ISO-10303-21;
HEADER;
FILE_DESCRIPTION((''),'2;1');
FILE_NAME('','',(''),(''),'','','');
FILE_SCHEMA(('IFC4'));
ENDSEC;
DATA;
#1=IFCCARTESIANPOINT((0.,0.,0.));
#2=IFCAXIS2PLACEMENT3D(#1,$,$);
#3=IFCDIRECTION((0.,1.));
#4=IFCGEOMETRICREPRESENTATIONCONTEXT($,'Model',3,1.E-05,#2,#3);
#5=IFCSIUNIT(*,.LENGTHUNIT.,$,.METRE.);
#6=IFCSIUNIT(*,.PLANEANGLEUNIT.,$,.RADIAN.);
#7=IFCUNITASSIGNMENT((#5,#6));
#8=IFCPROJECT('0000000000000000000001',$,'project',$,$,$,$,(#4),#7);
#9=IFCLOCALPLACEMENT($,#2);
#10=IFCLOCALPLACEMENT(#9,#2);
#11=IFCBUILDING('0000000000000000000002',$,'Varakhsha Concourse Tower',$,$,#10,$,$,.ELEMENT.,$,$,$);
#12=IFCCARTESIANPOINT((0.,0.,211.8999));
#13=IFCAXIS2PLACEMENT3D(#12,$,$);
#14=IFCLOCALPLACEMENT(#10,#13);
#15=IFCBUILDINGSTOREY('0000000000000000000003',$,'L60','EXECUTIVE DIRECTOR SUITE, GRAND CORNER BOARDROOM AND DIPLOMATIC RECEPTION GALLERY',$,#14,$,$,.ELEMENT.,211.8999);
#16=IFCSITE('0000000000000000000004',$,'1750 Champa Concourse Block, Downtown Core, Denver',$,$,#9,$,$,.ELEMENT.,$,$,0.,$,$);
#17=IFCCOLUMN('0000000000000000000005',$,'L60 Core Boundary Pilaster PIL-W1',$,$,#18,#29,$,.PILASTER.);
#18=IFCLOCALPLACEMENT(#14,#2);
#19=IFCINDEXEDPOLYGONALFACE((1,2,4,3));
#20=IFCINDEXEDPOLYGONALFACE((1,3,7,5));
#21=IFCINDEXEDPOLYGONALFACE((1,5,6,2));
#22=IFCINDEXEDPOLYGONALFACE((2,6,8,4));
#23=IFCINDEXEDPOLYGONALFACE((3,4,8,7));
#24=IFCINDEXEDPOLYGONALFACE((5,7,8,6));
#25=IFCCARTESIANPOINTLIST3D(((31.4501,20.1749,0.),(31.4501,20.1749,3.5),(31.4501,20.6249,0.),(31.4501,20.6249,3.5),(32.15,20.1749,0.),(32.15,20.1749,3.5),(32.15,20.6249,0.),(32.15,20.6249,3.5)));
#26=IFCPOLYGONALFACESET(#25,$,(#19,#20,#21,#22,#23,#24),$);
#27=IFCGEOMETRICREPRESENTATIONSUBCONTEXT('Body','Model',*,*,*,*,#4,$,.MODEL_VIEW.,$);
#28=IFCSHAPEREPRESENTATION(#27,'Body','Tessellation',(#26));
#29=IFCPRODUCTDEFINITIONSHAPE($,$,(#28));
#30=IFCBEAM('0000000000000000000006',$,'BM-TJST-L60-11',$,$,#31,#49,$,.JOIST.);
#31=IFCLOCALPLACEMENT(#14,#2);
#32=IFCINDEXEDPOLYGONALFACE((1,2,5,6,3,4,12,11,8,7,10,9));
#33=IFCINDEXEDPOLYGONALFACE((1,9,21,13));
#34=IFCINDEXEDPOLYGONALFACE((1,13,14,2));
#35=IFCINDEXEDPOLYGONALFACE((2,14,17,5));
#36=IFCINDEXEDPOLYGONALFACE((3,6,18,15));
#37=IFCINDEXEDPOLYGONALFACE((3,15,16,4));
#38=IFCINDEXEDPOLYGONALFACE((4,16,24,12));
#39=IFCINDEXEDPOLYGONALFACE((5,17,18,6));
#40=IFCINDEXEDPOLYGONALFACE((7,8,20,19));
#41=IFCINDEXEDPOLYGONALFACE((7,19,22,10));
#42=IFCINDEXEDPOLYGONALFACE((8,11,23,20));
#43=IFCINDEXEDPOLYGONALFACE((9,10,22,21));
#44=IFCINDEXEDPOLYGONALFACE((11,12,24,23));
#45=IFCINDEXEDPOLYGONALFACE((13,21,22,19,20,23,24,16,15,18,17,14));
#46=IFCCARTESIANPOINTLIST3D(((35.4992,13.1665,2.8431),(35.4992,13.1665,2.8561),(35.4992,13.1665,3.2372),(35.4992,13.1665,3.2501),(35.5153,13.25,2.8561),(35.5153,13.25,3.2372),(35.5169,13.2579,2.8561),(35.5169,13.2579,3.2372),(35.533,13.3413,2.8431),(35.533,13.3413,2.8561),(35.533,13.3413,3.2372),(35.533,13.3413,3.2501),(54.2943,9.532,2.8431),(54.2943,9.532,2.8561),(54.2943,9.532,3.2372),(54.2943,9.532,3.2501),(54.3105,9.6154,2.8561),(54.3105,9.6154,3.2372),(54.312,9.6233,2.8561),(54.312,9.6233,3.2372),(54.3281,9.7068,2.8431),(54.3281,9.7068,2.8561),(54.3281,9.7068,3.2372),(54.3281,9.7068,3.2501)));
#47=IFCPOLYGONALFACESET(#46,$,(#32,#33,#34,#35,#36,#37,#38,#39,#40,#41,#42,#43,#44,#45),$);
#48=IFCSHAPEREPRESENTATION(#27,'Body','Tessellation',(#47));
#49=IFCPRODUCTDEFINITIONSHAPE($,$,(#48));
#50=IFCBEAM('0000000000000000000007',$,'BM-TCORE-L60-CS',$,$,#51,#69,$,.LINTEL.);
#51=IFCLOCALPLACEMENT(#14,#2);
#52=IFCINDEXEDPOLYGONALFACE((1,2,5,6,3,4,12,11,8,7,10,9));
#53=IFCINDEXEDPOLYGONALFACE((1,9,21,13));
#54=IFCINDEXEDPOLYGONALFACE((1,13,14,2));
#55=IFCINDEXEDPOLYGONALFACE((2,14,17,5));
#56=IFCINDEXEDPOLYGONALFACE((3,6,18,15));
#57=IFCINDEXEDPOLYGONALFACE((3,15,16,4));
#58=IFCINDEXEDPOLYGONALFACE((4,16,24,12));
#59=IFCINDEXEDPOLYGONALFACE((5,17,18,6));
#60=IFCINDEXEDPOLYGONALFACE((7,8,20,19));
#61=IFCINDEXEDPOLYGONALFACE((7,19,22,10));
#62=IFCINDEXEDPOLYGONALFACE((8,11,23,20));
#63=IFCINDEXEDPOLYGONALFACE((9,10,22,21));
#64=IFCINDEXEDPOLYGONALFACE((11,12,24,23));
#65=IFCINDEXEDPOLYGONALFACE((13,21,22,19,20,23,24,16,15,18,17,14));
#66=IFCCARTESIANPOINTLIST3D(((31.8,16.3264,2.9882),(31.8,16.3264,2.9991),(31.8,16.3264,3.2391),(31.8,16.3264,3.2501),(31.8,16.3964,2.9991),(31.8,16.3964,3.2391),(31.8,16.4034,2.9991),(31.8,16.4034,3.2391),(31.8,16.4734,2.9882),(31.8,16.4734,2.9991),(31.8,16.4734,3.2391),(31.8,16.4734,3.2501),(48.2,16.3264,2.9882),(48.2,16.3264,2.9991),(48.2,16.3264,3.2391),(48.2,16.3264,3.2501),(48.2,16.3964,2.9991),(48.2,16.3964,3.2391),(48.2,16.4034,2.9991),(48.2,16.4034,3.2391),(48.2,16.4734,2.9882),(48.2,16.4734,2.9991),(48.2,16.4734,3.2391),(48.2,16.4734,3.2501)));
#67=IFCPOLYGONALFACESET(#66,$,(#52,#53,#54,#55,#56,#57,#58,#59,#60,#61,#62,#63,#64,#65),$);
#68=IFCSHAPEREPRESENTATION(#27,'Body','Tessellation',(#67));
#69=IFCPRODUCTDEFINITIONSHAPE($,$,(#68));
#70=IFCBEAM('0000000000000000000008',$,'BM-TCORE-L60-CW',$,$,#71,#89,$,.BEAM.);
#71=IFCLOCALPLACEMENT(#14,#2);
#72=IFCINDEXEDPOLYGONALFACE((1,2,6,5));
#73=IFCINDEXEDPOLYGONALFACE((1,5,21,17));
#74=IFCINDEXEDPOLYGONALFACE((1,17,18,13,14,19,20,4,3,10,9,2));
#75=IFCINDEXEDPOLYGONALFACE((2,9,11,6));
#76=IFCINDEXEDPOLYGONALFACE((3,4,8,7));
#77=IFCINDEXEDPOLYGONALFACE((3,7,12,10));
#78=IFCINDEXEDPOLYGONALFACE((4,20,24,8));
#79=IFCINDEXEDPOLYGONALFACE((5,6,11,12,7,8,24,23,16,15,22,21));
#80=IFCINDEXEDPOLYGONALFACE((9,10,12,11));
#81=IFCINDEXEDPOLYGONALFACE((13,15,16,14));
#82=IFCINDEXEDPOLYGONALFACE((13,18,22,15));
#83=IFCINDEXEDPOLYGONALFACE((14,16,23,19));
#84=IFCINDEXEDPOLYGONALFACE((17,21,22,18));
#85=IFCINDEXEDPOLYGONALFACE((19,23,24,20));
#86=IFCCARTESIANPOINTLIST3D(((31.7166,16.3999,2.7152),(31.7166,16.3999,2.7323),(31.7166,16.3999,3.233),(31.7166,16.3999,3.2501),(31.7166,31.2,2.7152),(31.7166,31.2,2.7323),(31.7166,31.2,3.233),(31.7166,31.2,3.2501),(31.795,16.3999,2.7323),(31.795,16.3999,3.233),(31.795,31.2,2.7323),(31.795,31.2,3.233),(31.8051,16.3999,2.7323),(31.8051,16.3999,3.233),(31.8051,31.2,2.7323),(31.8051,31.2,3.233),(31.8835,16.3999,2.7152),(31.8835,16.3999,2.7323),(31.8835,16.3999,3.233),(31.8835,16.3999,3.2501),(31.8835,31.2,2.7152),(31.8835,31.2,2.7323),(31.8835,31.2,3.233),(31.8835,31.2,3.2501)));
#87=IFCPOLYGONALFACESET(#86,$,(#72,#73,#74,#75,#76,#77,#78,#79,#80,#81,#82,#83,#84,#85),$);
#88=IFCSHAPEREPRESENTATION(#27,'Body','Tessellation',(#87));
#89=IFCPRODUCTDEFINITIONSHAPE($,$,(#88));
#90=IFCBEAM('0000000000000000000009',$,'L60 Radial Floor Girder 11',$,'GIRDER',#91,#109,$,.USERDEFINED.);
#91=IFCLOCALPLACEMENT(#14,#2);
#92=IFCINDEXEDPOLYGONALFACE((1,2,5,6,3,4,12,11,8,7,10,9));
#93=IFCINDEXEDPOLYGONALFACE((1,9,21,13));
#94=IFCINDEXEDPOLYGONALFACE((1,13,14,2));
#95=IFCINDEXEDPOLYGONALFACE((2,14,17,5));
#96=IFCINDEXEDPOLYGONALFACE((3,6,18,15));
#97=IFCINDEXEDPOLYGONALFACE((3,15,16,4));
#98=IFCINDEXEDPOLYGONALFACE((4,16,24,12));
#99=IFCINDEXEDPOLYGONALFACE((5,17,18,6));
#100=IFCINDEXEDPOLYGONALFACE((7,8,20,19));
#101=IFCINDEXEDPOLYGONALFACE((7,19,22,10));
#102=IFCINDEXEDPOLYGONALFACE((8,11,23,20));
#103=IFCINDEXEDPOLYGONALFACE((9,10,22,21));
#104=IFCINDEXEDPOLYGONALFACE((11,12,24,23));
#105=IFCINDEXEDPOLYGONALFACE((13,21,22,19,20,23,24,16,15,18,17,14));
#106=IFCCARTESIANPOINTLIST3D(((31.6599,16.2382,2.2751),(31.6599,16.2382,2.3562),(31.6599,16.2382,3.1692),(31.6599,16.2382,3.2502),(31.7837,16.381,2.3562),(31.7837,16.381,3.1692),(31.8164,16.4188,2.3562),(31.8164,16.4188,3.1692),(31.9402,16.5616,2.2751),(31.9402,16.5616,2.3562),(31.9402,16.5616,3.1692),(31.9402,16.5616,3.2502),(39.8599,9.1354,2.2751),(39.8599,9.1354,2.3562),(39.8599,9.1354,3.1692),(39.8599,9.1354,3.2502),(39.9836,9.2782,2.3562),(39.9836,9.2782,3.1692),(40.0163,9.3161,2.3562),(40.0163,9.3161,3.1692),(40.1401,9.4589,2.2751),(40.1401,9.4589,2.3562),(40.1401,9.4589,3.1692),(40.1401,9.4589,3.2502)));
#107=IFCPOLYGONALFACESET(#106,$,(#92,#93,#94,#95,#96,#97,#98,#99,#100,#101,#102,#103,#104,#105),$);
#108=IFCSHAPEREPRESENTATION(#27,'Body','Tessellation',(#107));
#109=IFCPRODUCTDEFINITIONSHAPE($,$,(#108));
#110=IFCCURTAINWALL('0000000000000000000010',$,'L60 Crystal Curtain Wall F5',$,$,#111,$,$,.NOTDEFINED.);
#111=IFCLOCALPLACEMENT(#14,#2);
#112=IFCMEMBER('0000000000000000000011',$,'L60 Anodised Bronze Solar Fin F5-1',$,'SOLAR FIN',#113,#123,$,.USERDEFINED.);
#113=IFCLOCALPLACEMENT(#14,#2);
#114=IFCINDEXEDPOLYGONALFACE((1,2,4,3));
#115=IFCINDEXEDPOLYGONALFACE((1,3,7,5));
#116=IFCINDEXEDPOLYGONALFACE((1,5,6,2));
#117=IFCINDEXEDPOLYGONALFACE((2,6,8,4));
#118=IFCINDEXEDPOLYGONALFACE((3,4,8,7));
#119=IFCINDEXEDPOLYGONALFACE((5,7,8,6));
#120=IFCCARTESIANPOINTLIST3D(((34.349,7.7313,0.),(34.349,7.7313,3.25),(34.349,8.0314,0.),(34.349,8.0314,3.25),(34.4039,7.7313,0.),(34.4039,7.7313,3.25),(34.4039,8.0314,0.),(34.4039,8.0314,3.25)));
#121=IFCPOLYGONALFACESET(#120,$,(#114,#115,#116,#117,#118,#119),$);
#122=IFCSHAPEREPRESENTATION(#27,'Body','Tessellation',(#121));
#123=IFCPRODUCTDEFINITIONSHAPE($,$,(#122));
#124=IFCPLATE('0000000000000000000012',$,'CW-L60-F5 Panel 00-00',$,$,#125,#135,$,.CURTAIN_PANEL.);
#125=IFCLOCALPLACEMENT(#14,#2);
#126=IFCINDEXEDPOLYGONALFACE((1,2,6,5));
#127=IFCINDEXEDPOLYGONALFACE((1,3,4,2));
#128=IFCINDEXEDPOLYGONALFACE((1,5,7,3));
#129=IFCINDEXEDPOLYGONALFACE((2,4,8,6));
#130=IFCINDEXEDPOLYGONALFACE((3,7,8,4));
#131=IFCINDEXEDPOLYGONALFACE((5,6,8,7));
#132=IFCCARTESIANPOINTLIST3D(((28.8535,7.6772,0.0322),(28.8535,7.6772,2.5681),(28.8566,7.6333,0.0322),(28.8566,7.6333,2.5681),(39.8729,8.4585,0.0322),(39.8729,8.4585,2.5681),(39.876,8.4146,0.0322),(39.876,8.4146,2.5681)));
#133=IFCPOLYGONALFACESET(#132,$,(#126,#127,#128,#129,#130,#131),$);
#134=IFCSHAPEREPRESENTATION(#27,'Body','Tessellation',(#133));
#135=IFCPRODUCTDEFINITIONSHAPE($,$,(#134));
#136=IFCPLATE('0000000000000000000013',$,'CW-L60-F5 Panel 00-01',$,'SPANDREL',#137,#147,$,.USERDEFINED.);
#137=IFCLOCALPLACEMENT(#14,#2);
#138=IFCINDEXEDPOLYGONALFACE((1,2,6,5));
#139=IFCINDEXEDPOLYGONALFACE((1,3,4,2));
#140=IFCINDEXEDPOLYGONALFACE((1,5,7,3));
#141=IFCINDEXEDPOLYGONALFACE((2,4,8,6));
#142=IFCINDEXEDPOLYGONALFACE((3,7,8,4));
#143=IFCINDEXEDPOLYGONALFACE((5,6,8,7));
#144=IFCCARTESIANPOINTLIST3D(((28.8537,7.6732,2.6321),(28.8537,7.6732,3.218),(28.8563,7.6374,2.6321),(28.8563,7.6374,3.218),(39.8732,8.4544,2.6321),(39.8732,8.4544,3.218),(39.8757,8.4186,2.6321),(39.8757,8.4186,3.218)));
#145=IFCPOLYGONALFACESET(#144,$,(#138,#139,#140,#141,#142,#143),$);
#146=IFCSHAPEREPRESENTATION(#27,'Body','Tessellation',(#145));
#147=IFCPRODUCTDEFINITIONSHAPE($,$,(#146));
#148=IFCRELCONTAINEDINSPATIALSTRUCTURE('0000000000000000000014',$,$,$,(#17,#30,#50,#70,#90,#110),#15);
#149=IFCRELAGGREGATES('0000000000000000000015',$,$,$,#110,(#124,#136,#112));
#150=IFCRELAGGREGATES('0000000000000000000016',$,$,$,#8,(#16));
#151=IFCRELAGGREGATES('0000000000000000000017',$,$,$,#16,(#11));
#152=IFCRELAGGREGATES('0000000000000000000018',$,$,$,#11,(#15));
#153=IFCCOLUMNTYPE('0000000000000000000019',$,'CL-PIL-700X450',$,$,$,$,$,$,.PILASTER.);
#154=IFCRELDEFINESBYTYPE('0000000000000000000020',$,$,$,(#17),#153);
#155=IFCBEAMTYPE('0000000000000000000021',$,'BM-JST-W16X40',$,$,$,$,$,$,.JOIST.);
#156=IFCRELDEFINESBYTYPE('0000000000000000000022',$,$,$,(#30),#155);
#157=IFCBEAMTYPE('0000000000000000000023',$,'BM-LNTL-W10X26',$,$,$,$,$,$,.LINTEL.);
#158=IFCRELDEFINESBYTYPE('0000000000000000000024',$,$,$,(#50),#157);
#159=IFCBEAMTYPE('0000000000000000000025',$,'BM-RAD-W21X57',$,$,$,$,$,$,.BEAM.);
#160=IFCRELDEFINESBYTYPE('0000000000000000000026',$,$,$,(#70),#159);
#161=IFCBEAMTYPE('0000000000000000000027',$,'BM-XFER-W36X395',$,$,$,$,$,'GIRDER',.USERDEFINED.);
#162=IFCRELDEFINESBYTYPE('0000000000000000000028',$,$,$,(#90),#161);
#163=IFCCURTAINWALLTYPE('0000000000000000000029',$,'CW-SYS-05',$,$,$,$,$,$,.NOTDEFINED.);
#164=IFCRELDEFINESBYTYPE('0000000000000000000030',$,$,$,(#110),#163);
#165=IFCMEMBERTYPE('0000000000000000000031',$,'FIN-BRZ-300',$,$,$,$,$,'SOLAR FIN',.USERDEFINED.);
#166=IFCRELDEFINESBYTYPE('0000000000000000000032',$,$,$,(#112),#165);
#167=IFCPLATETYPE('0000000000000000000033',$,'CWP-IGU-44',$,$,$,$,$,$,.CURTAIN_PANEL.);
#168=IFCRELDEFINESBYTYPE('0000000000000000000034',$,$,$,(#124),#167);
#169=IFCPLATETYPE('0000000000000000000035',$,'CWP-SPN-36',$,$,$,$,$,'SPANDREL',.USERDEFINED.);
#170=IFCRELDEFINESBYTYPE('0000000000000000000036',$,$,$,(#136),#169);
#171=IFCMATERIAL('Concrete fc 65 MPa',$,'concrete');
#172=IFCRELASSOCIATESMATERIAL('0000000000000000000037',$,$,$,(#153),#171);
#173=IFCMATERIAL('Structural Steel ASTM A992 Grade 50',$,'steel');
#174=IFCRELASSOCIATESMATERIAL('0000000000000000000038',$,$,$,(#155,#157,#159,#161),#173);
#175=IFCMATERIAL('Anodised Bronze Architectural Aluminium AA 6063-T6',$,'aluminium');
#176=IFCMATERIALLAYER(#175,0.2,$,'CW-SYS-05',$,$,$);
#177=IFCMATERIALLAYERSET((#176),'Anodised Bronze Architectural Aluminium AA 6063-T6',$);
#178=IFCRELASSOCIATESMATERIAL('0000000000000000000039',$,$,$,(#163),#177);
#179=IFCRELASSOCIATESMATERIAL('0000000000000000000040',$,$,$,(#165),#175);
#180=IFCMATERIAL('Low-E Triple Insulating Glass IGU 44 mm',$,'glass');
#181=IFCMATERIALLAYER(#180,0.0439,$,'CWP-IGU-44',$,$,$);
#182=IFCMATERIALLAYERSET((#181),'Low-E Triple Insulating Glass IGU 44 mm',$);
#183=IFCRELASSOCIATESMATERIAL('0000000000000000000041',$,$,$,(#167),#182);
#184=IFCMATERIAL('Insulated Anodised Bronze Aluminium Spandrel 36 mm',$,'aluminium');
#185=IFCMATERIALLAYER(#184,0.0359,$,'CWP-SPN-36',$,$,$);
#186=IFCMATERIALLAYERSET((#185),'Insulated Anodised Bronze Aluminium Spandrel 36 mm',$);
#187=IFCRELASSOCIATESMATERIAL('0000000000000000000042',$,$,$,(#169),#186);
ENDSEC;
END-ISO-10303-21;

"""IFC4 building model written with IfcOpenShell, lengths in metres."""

from ifc_helpers import new_model, si_unit, direction, frame, origin, origin_2d, place, context, subcontext, project, spatial, rectangle, i_section, extrude, source, transform, mapped, material, layer, layer_set, material_profile, profile_set, type_object, type_shapes, element, aggregate, save


model = new_model("IFC4")

# Units and contexts
model_context = context("Model", 3, precision=1e-05, world=origin(), true_north=direction((0.0, 1.0)))
body_context = subcontext(model_context, "Body", "Model", "MODEL_VIEW")
ifc_project = project(units=[si_unit("LENGTHUNIT", "METRE"), si_unit("PLANEANGLEUNIT", "RADIAN")], contexts=[model_context])

# Site, building, storey
site_placement = place(None, origin())
site = spatial("IfcSite", under=ifc_project, at=site_placement, Name="1750 Champa Concourse Block, Downtown Core, Denver", CompositionType="ELEMENT", RefElevation=0.0)
building_placement = place(site_placement, origin())
building = spatial("IfcBuilding", under=site, at=building_placement, Name="Varakhsha Concourse Tower", CompositionType="ELEMENT")
storey_placement = place(building_placement, frame((0.0, 0.0, 211.8999)))
storey = spatial("IfcBuildingStorey", under=building, at=storey_placement, Name="L60", Description="EXECUTIVE DIRECTOR SUITE, GRAND CORNER BOARDROOM AND DIPLOMATIC RECEPTION GALLERY", CompositionType="ELEMENT", Elevation=211.8999)

# Column
ifc_material_1 = material(Name="Concrete fc 65 MPa", Category="concrete")
ifc_material_profile_1 = material_profile(ifc_material_1, rectangle(XDim=0.7, YDim=0.45, at=origin_2d()), Name="RC 700x450")
ifc_profile_set_1 = profile_set([ifc_material_profile_1], Name="Concrete fc 65 MPa")
column_type = type_object("IfcColumnType", Name="CL-PIL-700X450", PredefinedType="PILASTER", material=ifc_profile_set_1)
column_placement = place(storey_placement, frame((31.8, 20.3999, 0.0), z_axis=(0.0, 0.0, 1.0), x_axis=(1.0, 0.0, 0.0)))
element("IfcColumn", 1, at=column_placement, inside=storey, type_object=column_type, Name="L60 Core Boundary Pilaster PIL-W1", PredefinedType="PILASTER", context=body_context, shape_type="SweptSolid", body=[
    extrude(rectangle(XDim=0.7, YDim=0.45, at=origin_2d()), origin(), (0.0, 0.0, 1.0), 3.5),
])

# Beams
ifc_material_2 = material(Name="Structural Steel ASTM A992 Grade 50", Category="steel")
ifc_material_profile_2 = material_profile(ifc_material_2, i_section(OverallWidth=0.178, OverallDepth=0.407, WebThickness=0.0081, FlangeThickness=0.0129, at=origin_2d()), Name="W16X40")
ifc_profile_set_2 = profile_set([ifc_material_profile_2], Name="Structural Steel ASTM A992 Grade 50")
beam_type_1 = type_object("IfcBeamType", Name="BM-JST-W16X40", PredefinedType="JOIST", material=ifc_profile_set_2)
beam_1_placement = place(storey_placement, frame((35.5161, 13.2539, 3.0466), z_axis=(0.981812, -0.189858, 0.0), x_axis=(0.189858, 0.981812, 0.0)))
element("IfcBeam", 2, at=beam_1_placement, inside=storey, type_object=beam_type_1, Name="BM-TJST-L60-11", PredefinedType="JOIST", context=body_context, shape_type="SweptSolid", body=[
    extrude(i_section(OverallWidth=0.178, OverallDepth=0.407, WebThickness=0.0081, FlangeThickness=0.0129, at=origin_2d()), origin(), (0.0, 0.0, 1.0), 19.1433),
])
ifc_material_profile_3 = material_profile(ifc_material_2, i_section(OverallWidth=0.147, OverallDepth=0.262, WebThickness=0.0071, FlangeThickness=0.011, at=origin_2d()), Name="W10X26")
ifc_profile_set_3 = profile_set([ifc_material_profile_3], Name="Structural Steel ASTM A992 Grade 50")
beam_type_2 = type_object("IfcBeamType", Name="BM-LNTL-W10X26", PredefinedType="LINTEL", material=ifc_profile_set_3)
beam_2_placement = place(storey_placement, frame((31.8, 16.3999, 3.1191), z_axis=(1.0, 0.0, 0.0), x_axis=(0.0, 1.0, 0.0)))
element("IfcBeam", 3, at=beam_2_placement, inside=storey, type_object=beam_type_2, Name="BM-TCORE-L60-CS", PredefinedType="LINTEL", context=body_context, shape_type="SweptSolid", body=[
    extrude(i_section(OverallWidth=0.147, OverallDepth=0.262, WebThickness=0.0071, FlangeThickness=0.011, at=origin_2d()), origin(), (0.0, 0.0, 1.0), 16.3999),
])
ifc_material_profile_4 = material_profile(ifc_material_2, i_section(OverallWidth=0.167, OverallDepth=0.5349, WebThickness=0.01, FlangeThickness=0.0171, at=origin_2d()), Name="W21X57")
ifc_profile_set_4 = profile_set([ifc_material_profile_4], Name="Structural Steel ASTM A992 Grade 50")
beam_type_3 = type_object("IfcBeamType", Name="BM-RAD-W21X57", PredefinedType="BEAM", material=ifc_profile_set_4)
beam_3_placement = place(storey_placement, frame((31.8, 16.3999, 2.9827), z_axis=(0.0, 1.0, 0.0), x_axis=(-1.0, 0.0, 0.0)))
element("IfcBeam", 4, at=beam_3_placement, inside=storey, type_object=beam_type_3, Name="BM-TCORE-L60-CW", PredefinedType="BEAM", context=body_context, shape_type="SweptSolid", body=[
    extrude(i_section(OverallWidth=0.167, OverallDepth=0.5349, WebThickness=0.01, FlangeThickness=0.0171, at=origin_2d()), origin(), (0.0, 0.0, 1.0), 14.8),
])
ifc_material_profile_5 = material_profile(ifc_material_2, i_section(OverallWidth=0.428, OverallDepth=0.9751, WebThickness=0.05, FlangeThickness=0.0811, at=origin_2d()), Name="W36X395")
ifc_profile_set_5 = profile_set([ifc_material_profile_5], Name="Structural Steel ASTM A992 Grade 50")
beam_type_4 = type_object("IfcBeamType", Name="BM-XFER-W36X395", ElementType="GIRDER", PredefinedType="USERDEFINED", material=ifc_profile_set_5)
beam_4_placement = place(storey_placement, frame((31.8, 16.3999, 2.7627), z_axis=(0.755864, -0.654728, 0.0), x_axis=(0.654728, 0.755864, 0.0)))
element("IfcBeam", 5, at=beam_4_placement, inside=storey, type_object=beam_type_4, Name="L60 Radial Floor Girder 11", ObjectType="GIRDER", PredefinedType="USERDEFINED", context=body_context, shape_type="SweptSolid", body=[
    extrude(i_section(OverallWidth=0.428, OverallDepth=0.9751, WebThickness=0.05, FlangeThickness=0.0811, at=origin_2d()), origin(), (0.0, 0.0, 1.0), 10.8484),
])

# Curtain wall, member, plates
ifc_material_3 = material(Name="Anodised Bronze Architectural Aluminium AA 6063-T6", Category="aluminium")
ifc_layer_1 = layer(ifc_material_3, 0.2, Name="CW-SYS-05")
ifc_layer_set_1 = layer_set([ifc_layer_1], Name="Anodised Bronze Architectural Aluminium AA 6063-T6")
curtain_wall_type = type_object("IfcCurtainWallType", Name="CW-SYS-05", PredefinedType="NOTDEFINED", material=ifc_layer_set_1)
curtain_wall_placement = place(storey_placement, origin())
curtain_wall = element("IfcCurtainWall", 6, at=curtain_wall_placement, inside=storey, type_object=curtain_wall_type, Name="L60 Crystal Curtain Wall F5", PredefinedType="NOTDEFINED")
ifc_material_profile_6 = material_profile(ifc_material_3, rectangle(XDim=0.0549, YDim=0.3, at=origin_2d()), Name="FIN-BRZ-300")
ifc_profile_set_6 = profile_set([ifc_material_profile_6], Name="Anodised Bronze Architectural Aluminium AA 6063-T6")
member_type = type_object("IfcMemberType", Name="FIN-BRZ-300", ElementType="SOLAR FIN", PredefinedType="USERDEFINED", material=ifc_profile_set_6)
shared_shape_1 = source(origin(), body_context, "Body", "SweptSolid", [
    extrude(rectangle(XDim=0.0549, YDim=0.3, at=origin_2d()), origin(), (0.0, 0.0, 1.0), 3.25),
])
type_shapes(member_type, [shared_shape_1])
member_placement = place(storey_placement, frame((34.3765, 7.8813, 0.0), z_axis=(0.0, 0.0, 1.0), x_axis=(1.0, 0.0, 0.0)))
member = element("IfcMember", 7, at=member_placement, type_object=member_type, Name="L60 Anodised Bronze Solar Fin F5-1", ObjectType="SOLAR FIN", PredefinedType="USERDEFINED", context=body_context, shape_type="MappedRepresentation", body=[
    mapped(shared_shape_1, transform((0.0, 0.0, 0.0), scale=1.0)),
])
ifc_material_4 = material(Name="Low-E Triple Insulating Glass IGU 44 mm", Category="glass")
ifc_layer_2 = layer(ifc_material_4, 0.0439, Name="CWP-IGU-44")
ifc_layer_set_2 = layer_set([ifc_layer_2], Name="Low-E Triple Insulating Glass IGU 44 mm")
plate_type_1 = type_object("IfcPlateType", Name="CWP-IGU-44", PredefinedType="CURTAIN_PANEL", material=ifc_layer_set_2)
shared_shape_2 = source(origin(), body_context, "Body", "SweptSolid", [
    extrude(rectangle(XDim=11.0471, YDim=0.0439, at=origin_2d()), origin(), (0.0, 0.0, 1.0), 2.5359),
])
type_shapes(plate_type_1, [shared_shape_2])
plate_1_placement = place(storey_placement, frame((34.3647, 8.0459, 0.0322), z_axis=(0.0, 0.0, 1.0), x_axis=(-0.997496, -0.070723, 0.0)))
plate_1 = element("IfcPlate", 8, at=plate_1_placement, type_object=plate_type_1, Name="CW-L60-F5 Panel 00-00", PredefinedType="CURTAIN_PANEL", context=body_context, shape_type="MappedRepresentation", body=[
    mapped(shared_shape_2, transform((0.0, 0.0, 0.0), scale=1.0)),
])
ifc_material_5 = material(Name="Insulated Anodised Bronze Aluminium Spandrel 36 mm", Category="aluminium")
ifc_layer_3 = layer(ifc_material_5, 0.0359, Name="CWP-SPN-36")
ifc_layer_set_3 = layer_set([ifc_layer_3], Name="Insulated Anodised Bronze Aluminium Spandrel 36 mm")
plate_type_2 = type_object("IfcPlateType", Name="CWP-SPN-36", ElementType="SPANDREL", PredefinedType="USERDEFINED", material=ifc_layer_set_3)
shared_shape_3 = source(origin(), body_context, "Body", "SweptSolid", [
    extrude(rectangle(XDim=11.0471, YDim=0.0359, at=origin_2d()), origin(), (0.0, 0.0, 1.0), 0.5859),
])
type_shapes(plate_type_2, [shared_shape_3])
plate_2_placement = place(storey_placement, frame((34.3647, 8.0459, 2.6321), z_axis=(0.0, 0.0, 1.0), x_axis=(-0.997496, -0.070723, 0.0)))
plate_2 = element("IfcPlate", 9, at=plate_2_placement, type_object=plate_type_2, Name="CW-L60-F5 Panel 00-01", ObjectType="SPANDREL", PredefinedType="USERDEFINED", context=body_context, shape_type="MappedRepresentation", body=[
    mapped(shared_shape_3, transform((0.0, 0.0, 0.0), scale=1.0)),
])
aggregate(curtain_wall, [plate_1, plate_2, member])

save(model, "model.ifc")
